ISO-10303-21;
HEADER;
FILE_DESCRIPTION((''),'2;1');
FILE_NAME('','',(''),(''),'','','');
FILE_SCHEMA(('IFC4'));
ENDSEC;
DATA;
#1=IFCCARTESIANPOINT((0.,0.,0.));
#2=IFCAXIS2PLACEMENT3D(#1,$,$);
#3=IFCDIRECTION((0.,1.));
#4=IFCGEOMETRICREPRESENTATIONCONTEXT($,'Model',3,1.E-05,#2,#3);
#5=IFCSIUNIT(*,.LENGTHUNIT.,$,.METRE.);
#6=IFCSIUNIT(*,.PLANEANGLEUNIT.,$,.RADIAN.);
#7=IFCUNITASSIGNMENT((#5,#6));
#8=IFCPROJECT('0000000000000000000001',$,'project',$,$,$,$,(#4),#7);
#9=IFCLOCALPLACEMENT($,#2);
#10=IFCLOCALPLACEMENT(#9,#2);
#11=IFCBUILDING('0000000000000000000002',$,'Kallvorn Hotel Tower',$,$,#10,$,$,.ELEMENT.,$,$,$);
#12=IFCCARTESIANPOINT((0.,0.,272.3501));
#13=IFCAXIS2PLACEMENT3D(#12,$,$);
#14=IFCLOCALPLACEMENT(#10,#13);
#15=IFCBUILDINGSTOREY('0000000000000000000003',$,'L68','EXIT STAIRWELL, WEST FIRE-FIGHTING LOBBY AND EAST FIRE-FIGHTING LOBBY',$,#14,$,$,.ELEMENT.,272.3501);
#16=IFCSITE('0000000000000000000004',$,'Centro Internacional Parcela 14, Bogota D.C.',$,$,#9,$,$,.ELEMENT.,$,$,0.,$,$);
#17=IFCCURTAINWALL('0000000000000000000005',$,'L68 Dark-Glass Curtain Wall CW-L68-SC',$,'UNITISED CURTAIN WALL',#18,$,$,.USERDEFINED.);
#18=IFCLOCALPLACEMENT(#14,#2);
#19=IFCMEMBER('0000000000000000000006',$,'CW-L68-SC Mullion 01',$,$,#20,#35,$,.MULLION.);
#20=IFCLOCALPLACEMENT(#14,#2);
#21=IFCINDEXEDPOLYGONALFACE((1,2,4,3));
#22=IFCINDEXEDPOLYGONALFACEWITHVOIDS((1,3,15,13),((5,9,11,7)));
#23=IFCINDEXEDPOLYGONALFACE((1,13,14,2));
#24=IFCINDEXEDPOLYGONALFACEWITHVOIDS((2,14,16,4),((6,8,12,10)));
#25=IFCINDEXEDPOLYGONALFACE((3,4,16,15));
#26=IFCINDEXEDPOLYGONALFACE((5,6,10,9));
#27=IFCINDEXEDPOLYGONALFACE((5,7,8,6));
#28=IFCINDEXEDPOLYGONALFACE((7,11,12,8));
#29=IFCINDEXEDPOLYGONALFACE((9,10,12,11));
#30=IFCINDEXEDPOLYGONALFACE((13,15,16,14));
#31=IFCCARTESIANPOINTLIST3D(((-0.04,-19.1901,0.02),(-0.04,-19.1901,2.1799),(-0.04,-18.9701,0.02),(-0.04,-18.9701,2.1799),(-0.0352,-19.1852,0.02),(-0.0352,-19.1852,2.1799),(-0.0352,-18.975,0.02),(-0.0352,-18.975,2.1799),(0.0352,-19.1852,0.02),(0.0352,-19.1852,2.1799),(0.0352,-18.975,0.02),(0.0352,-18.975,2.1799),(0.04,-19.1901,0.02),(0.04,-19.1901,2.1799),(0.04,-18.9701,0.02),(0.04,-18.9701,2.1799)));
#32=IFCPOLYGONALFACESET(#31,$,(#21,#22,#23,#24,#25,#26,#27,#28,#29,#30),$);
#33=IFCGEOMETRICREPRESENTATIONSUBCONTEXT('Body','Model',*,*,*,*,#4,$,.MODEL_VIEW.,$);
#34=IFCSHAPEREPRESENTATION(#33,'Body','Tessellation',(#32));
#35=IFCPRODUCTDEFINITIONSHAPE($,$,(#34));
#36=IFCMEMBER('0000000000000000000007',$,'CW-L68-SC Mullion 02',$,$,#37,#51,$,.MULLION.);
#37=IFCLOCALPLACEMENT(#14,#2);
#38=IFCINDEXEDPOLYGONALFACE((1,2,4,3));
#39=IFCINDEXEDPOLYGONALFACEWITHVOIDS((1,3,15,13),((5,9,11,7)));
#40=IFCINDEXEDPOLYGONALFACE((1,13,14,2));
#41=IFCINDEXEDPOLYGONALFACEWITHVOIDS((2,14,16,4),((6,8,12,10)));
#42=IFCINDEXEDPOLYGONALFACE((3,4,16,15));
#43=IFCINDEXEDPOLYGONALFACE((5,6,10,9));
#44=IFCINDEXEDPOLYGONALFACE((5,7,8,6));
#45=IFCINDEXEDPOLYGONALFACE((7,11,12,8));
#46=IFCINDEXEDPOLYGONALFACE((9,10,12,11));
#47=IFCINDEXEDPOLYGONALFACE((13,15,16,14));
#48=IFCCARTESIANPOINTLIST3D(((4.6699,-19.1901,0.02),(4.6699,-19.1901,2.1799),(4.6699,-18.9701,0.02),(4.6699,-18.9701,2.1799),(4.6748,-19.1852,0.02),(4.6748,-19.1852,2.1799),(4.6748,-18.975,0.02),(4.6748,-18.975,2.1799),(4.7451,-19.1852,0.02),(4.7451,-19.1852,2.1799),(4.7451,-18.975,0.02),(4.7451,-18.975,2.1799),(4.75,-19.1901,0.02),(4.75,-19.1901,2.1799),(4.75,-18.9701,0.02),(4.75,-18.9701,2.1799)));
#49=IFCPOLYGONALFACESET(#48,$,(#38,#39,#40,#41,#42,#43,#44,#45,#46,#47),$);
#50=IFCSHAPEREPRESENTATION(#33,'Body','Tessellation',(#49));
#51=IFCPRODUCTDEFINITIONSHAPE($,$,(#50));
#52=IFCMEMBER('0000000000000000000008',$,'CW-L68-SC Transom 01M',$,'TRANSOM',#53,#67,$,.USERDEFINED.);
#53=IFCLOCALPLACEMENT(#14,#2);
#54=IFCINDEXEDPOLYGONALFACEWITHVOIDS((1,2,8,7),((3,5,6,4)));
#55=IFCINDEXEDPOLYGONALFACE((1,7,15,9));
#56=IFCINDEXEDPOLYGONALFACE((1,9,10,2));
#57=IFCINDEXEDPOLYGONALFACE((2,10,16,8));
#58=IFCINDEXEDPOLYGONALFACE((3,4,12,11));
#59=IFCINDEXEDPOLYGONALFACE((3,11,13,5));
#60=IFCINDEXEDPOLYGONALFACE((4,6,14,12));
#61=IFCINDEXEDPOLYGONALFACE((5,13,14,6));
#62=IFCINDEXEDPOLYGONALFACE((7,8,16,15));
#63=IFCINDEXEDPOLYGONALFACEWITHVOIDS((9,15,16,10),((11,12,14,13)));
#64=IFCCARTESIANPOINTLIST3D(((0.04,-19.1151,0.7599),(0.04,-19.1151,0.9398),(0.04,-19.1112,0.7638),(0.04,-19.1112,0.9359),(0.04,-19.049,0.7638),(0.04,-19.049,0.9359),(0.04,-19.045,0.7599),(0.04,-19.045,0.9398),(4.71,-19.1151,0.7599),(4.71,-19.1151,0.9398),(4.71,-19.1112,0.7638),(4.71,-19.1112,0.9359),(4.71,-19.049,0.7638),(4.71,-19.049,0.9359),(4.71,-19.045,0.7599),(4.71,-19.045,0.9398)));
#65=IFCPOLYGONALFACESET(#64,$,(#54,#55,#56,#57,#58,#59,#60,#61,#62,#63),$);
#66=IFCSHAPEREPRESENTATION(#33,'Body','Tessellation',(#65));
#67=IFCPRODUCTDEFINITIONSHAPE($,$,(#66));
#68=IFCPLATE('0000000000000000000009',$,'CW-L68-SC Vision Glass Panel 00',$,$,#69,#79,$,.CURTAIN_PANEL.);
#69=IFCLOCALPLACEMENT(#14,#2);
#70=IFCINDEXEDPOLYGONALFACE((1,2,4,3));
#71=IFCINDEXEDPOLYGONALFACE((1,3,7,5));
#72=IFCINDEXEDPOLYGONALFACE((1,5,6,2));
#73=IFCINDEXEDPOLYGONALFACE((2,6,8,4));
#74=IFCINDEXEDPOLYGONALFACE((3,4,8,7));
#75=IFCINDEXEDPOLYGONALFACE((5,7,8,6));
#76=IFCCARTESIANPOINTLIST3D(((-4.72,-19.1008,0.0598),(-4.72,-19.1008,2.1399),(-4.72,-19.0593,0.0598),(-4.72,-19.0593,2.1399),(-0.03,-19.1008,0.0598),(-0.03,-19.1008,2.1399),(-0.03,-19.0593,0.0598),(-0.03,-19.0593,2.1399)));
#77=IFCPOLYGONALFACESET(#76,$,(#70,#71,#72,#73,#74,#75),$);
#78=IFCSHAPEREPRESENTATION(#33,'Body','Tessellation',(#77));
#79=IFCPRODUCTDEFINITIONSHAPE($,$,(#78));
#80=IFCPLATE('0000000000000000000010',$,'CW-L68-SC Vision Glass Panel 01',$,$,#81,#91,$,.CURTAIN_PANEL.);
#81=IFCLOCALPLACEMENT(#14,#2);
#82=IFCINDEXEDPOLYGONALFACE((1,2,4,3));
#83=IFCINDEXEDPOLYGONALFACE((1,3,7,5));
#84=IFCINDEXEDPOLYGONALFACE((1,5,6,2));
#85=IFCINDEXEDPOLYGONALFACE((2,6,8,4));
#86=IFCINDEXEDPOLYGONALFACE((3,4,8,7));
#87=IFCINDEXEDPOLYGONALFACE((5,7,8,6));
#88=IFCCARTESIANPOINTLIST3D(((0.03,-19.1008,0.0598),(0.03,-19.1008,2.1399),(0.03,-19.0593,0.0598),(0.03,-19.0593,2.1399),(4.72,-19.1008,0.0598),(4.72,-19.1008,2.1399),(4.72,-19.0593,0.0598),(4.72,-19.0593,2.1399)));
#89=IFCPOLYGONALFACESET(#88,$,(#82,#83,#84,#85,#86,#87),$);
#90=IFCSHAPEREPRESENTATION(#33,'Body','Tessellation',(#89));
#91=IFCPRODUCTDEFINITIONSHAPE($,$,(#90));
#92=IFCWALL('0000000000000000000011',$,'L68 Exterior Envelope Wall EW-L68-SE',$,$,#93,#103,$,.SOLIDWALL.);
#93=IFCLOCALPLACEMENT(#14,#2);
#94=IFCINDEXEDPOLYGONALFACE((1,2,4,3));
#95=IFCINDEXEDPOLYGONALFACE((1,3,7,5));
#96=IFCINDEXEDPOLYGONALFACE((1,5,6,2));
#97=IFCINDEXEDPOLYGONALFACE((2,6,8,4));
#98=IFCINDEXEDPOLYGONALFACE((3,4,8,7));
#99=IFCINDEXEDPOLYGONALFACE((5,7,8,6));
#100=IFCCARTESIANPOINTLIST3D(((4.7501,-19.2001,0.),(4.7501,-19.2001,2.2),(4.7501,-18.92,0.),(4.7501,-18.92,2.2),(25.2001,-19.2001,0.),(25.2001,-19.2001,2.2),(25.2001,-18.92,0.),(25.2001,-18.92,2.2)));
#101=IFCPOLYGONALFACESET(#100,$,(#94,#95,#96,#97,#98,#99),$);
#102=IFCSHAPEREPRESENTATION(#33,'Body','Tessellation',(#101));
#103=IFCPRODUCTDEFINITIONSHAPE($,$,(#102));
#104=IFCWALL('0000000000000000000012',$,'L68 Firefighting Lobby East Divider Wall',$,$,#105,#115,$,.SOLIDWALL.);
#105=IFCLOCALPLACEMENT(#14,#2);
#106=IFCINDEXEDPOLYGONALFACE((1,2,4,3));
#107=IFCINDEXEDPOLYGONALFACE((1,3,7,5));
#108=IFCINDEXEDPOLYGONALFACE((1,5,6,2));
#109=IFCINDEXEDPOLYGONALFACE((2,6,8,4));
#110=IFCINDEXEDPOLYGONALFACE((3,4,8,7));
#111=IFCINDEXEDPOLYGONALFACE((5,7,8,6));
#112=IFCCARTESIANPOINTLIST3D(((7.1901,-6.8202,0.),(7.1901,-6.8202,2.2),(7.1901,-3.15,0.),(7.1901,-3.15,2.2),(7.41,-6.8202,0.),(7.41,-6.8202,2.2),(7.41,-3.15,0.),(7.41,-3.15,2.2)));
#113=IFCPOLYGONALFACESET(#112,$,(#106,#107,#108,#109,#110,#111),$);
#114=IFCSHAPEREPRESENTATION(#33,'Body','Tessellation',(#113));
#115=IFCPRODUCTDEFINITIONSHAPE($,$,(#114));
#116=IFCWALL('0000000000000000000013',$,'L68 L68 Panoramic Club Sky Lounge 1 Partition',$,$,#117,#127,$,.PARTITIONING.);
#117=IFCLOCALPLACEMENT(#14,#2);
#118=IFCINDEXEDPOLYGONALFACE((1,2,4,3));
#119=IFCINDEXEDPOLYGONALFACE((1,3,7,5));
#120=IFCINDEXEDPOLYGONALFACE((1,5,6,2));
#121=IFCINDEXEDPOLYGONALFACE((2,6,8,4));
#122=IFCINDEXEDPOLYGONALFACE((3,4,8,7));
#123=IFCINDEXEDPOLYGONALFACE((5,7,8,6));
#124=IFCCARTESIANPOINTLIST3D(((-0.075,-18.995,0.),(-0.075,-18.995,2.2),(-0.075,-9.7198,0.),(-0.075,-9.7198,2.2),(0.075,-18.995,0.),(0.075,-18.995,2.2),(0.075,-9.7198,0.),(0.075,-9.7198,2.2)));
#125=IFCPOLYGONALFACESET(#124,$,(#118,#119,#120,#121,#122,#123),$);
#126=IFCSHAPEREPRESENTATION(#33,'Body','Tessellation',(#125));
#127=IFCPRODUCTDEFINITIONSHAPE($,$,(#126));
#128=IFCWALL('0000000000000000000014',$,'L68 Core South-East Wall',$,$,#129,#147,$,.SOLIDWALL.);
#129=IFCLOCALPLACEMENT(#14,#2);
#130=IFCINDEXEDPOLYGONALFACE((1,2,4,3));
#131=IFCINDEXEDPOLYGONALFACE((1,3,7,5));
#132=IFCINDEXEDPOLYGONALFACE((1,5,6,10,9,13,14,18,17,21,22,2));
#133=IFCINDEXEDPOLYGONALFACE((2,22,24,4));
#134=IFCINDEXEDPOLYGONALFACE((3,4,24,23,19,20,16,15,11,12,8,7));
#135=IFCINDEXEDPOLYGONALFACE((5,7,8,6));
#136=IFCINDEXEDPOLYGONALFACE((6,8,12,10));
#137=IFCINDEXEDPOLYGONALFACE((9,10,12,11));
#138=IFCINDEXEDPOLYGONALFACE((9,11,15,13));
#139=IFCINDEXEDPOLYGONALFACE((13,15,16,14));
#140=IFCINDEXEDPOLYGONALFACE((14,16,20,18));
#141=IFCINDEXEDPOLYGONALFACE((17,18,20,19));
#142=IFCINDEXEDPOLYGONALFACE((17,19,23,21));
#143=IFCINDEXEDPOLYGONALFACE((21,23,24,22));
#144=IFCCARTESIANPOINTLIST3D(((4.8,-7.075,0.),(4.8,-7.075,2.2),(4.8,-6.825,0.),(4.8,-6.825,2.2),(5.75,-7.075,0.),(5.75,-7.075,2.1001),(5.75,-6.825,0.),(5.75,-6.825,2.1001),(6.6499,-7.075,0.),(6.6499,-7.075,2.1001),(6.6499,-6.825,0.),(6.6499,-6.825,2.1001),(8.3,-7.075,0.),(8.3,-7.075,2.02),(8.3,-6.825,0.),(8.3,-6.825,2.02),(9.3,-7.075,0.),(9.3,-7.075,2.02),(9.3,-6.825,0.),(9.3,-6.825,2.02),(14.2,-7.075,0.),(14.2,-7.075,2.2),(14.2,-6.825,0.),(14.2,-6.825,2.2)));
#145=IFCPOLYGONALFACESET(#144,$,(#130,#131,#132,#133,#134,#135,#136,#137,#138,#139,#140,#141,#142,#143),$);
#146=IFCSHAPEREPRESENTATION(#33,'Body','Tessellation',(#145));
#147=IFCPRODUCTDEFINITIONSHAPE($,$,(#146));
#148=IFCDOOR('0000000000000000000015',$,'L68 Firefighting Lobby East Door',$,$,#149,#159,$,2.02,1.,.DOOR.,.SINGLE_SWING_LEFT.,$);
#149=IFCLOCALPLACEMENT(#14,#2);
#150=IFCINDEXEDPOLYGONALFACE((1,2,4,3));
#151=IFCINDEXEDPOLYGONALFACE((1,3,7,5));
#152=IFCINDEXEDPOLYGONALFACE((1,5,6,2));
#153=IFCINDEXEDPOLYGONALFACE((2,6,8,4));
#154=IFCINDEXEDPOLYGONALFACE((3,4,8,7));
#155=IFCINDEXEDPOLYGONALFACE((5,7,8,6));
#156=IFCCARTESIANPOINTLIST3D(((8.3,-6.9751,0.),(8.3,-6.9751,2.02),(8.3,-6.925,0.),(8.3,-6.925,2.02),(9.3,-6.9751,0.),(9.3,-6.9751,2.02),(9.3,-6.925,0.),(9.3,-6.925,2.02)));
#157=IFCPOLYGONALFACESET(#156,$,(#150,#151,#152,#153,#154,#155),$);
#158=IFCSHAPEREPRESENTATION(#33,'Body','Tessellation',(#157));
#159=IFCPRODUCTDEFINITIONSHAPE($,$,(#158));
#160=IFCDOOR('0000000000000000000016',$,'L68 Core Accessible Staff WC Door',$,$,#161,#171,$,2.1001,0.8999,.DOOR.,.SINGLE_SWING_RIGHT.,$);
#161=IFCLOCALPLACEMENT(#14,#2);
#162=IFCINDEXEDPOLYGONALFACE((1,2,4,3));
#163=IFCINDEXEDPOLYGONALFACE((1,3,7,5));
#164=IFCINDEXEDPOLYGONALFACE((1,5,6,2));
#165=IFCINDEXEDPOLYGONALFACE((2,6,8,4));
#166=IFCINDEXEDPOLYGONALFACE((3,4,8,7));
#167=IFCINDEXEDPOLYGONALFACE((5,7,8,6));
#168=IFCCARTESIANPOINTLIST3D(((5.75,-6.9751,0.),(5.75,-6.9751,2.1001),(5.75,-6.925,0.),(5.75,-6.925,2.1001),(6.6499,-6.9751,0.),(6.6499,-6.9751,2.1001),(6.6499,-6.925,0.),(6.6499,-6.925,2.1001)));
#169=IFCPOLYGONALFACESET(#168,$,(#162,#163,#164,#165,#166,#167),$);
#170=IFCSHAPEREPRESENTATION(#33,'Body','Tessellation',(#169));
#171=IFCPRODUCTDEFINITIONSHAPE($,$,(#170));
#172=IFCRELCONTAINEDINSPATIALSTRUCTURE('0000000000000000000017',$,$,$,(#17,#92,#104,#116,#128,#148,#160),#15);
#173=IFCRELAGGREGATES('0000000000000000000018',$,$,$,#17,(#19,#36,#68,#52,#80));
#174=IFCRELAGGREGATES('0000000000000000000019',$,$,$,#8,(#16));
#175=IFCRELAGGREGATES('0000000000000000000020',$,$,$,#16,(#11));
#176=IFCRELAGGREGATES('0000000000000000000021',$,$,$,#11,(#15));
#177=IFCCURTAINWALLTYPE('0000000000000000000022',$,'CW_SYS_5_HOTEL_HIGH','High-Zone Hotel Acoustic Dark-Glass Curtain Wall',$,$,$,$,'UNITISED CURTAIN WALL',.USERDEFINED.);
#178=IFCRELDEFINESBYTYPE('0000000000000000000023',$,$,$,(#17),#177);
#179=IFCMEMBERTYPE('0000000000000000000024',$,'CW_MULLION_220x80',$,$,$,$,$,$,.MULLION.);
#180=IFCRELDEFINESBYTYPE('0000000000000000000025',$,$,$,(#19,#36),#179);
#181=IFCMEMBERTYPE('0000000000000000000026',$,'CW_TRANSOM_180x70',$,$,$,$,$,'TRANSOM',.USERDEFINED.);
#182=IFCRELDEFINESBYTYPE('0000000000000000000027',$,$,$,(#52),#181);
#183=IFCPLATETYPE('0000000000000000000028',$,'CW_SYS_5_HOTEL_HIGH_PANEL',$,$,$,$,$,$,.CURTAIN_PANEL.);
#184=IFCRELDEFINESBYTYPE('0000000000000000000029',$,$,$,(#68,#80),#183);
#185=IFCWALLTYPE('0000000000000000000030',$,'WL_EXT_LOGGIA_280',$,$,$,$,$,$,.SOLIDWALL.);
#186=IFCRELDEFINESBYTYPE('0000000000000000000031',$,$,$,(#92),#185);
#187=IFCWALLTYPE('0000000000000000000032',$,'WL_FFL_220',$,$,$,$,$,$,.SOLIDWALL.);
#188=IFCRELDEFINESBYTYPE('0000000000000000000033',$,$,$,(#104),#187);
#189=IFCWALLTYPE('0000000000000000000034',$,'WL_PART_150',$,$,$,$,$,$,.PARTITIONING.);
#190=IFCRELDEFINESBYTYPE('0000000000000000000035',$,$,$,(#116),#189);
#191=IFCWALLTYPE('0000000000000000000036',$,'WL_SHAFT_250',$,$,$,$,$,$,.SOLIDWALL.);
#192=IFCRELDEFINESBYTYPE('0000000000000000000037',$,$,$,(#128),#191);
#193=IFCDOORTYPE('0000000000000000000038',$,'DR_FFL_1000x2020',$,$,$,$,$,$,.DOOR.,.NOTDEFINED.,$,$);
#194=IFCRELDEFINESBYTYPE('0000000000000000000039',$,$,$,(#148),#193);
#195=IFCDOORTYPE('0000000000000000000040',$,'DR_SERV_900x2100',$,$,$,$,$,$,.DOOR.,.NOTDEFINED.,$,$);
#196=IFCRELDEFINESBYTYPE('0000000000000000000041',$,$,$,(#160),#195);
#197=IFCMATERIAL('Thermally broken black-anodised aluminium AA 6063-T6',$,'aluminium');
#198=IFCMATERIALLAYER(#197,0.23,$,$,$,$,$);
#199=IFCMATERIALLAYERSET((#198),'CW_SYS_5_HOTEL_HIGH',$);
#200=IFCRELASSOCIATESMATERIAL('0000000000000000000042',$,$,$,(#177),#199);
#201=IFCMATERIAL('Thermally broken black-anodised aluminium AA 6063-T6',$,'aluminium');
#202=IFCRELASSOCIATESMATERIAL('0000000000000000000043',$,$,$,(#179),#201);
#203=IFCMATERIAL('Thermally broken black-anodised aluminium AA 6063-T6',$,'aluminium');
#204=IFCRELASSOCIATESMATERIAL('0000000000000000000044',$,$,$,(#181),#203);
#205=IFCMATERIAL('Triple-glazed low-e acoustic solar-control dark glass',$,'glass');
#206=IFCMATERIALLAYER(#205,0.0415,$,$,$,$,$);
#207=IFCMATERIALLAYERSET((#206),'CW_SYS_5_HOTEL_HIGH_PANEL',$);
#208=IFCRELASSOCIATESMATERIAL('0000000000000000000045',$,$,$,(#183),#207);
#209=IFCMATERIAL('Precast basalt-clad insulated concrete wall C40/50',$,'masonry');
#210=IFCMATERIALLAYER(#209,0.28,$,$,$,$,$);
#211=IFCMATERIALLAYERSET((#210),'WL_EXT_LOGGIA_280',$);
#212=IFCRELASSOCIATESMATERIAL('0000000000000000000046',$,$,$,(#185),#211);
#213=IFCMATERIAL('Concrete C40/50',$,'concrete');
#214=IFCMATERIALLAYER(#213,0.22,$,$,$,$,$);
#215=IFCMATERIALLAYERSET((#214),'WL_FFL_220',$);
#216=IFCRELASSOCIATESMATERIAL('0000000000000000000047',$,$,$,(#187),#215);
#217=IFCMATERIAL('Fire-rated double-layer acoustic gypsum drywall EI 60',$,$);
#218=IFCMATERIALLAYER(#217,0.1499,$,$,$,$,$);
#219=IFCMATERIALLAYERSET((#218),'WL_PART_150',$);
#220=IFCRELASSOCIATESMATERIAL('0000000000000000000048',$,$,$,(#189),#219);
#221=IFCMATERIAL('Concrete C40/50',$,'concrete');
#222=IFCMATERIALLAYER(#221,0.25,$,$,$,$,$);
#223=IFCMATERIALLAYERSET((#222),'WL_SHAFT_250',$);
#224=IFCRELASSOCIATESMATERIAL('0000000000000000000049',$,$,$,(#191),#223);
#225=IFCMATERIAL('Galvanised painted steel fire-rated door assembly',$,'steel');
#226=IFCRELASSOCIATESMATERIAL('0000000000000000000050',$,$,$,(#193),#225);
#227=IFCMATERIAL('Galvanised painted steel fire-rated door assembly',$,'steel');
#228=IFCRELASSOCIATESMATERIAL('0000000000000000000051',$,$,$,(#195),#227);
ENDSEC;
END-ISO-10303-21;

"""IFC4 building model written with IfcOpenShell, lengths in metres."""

from ifc_helpers import new_model, si_unit, direction, frame, frame_2d, origin, origin_2d, place, context, subcontext, project, spatial, rectangle, hollow_rectangle, extrude, material, layer, layer_set, material_profile, profile_set, type_object, element, fill, aggregate, save


model = new_model("IFC4")

# Units and contexts
model_context = context("Model", 3, precision=1e-05, world=origin(), true_north=direction((0.0, 1.0)))
body_context = subcontext(model_context, "Body", "Model", "MODEL_VIEW")
ifc_project = project(units=[si_unit("LENGTHUNIT", "METRE"), si_unit("PLANEANGLEUNIT", "RADIAN")], contexts=[model_context])

# Site, building, storey
site_placement = place(None, origin())
site = spatial("IfcSite", under=ifc_project, at=site_placement, Name="Centro Internacional Parcela 14, Bogota D.C.", CompositionType="ELEMENT", RefElevation=0.0)
building_placement = place(site_placement, origin())
building = spatial("IfcBuilding", under=site, at=building_placement, Name="Kallvorn Hotel Tower", CompositionType="ELEMENT")
storey_placement = place(building_placement, frame((0.0, 0.0, 272.3501)))
storey = spatial("IfcBuildingStorey", under=building, at=storey_placement, Name="L68", Description="EXIT STAIRWELL, WEST FIRE-FIGHTING LOBBY AND EAST FIRE-FIGHTING LOBBY", CompositionType="ELEMENT", Elevation=272.3501)

# Curtain wall, members, plates
ifc_material_1 = material(Name="Thermally broken black-anodised aluminium AA 6063-T6", Category="aluminium")
ifc_layer_1 = layer(ifc_material_1, 0.23)
ifc_layer_set_1 = layer_set([ifc_layer_1], Name="CW_SYS_5_HOTEL_HIGH")
curtain_wall_type = type_object("IfcCurtainWallType", Name="CW_SYS_5_HOTEL_HIGH", Description="High-Zone Hotel Acoustic Dark-Glass Curtain Wall", ElementType="UNITISED CURTAIN WALL", PredefinedType="USERDEFINED", material=ifc_layer_set_1)
curtain_wall_placement = place(storey_placement, origin())
curtain_wall = element("IfcCurtainWall", 1, at=curtain_wall_placement, inside=storey, type_object=curtain_wall_type, Name="L68 Dark-Glass Curtain Wall CW-L68-SC", ObjectType="UNITISED CURTAIN WALL", PredefinedType="USERDEFINED")
ifc_material_2 = material(Name="Thermally broken black-anodised aluminium AA 6063-T6", Category="aluminium")
ifc_material_profile_1 = material_profile(ifc_material_2, hollow_rectangle(XDim=0.0801, YDim=0.22, WallThickness=0.0049, at=origin_2d()), Name="MUL 220x80")
ifc_profile_set_1 = profile_set([ifc_material_profile_1], Name="Thermally broken black-anodised aluminium AA 6063-T6")
member_type_1 = type_object("IfcMemberType", Name="CW_MULLION_220x80", PredefinedType="MULLION", material=ifc_profile_set_1)
member_1_placement = place(storey_placement, frame((0.0, -19.0801, 0.02), z_axis=(0.0, 0.0, 1.0), x_axis=(1.0, 0.0, 0.0)))
member_1 = element("IfcMember", 2, at=member_1_placement, type_object=member_type_1, Name="CW-L68-SC Mullion 01", PredefinedType="MULLION", context=body_context, shape_type="SweptSolid", body=[
    extrude(hollow_rectangle(XDim=0.0801, YDim=0.22, WallThickness=0.0049, at=origin_2d()), origin(), (0.0, 0.0, 1.0), 2.1599),
])
member_2_placement = place(storey_placement, frame((4.71, -19.0801, 0.02), z_axis=(0.0, 0.0, 1.0), x_axis=(1.0, 0.0, 0.0)))
member_2 = element("IfcMember", 3, at=member_2_placement, type_object=member_type_1, Name="CW-L68-SC Mullion 02", PredefinedType="MULLION", context=body_context, shape_type="SweptSolid", body=[
    extrude(hollow_rectangle(XDim=0.0801, YDim=0.22, WallThickness=0.0049, at=origin_2d()), origin(), (0.0, 0.0, 1.0), 2.1599),
])
ifc_material_3 = material(Name="Thermally broken black-anodised aluminium AA 6063-T6", Category="aluminium")
ifc_material_profile_2 = material_profile(ifc_material_3, hollow_rectangle(XDim=0.0701, YDim=0.1799, WallThickness=0.0039, at=origin_2d()), Name="TRN 180x70")
ifc_profile_set_2 = profile_set([ifc_material_profile_2], Name="Thermally broken black-anodised aluminium AA 6063-T6")
member_type_2 = type_object("IfcMemberType", Name="CW_TRANSOM_180x70", ElementType="TRANSOM", PredefinedType="USERDEFINED", material=ifc_profile_set_2)
member_3_placement = place(storey_placement, frame((0.04, -19.0801, 0.8499), z_axis=(1.0, 0.0, 0.0), x_axis=(0.0, 1.0, 0.0)))
member_3 = element("IfcMember", 4, at=member_3_placement, type_object=member_type_2, Name="CW-L68-SC Transom 01M", ObjectType="TRANSOM", PredefinedType="USERDEFINED", context=body_context, shape_type="SweptSolid", body=[
    extrude(hollow_rectangle(XDim=0.0701, YDim=0.1799, WallThickness=0.0039, at=origin_2d()), origin(), (0.0, 0.0, 1.0), 4.6699),
])
ifc_material_4 = material(Name="Triple-glazed low-e acoustic solar-control dark glass", Category="glass")
ifc_layer_2 = layer(ifc_material_4, 0.0415)
ifc_layer_set_2 = layer_set([ifc_layer_2], Name="CW_SYS_5_HOTEL_HIGH_PANEL")
plate_type = type_object("IfcPlateType", Name="CW_SYS_5_HOTEL_HIGH_PANEL", PredefinedType="CURTAIN_PANEL", material=ifc_layer_set_2)
plate_1_placement = place(storey_placement, frame((-2.375, -19.0801, 0.0598), z_axis=(0.0, 0.0, 1.0), x_axis=(1.0, 0.0, 0.0)))
plate_1 = element("IfcPlate", 5, at=plate_1_placement, type_object=plate_type, Name="CW-L68-SC Vision Glass Panel 00", PredefinedType="CURTAIN_PANEL", context=body_context, shape_type="SweptSolid", body=[
    extrude(rectangle(XDim=4.6899, YDim=0.0415, at=origin_2d()), origin(), (0.0, 0.0, 1.0), 2.0801),
])
plate_2_placement = place(storey_placement, frame((2.375, -19.0801, 0.0598), z_axis=(0.0, 0.0, 1.0), x_axis=(1.0, 0.0, 0.0)))
plate_2 = element("IfcPlate", 6, at=plate_2_placement, type_object=plate_type, Name="CW-L68-SC Vision Glass Panel 01", PredefinedType="CURTAIN_PANEL", context=body_context, shape_type="SweptSolid", body=[
    extrude(rectangle(XDim=4.6899, YDim=0.0415, at=origin_2d()), origin(), (0.0, 0.0, 1.0), 2.0801),
])
aggregate(curtain_wall, [member_1, member_2, plate_1, member_3, plate_2])

# Walls
ifc_material_5 = material(Name="Precast basalt-clad insulated concrete wall C40/50", Category="masonry")
ifc_layer_3 = layer(ifc_material_5, 0.28)
ifc_layer_set_3 = layer_set([ifc_layer_3], Name="WL_EXT_LOGGIA_280")
wall_type_1 = type_object("IfcWallType", Name="WL_EXT_LOGGIA_280", PredefinedType="SOLIDWALL", material=ifc_layer_set_3)
wall_1_placement = place(storey_placement, frame((4.75, -19.0601, 0.0), z_axis=(0.0, 0.0, 1.0), x_axis=(1.0, 0.0, 0.0)))
element("IfcWall", 7, at=wall_1_placement, inside=storey, type_object=wall_type_1, Name="L68 Exterior Envelope Wall EW-L68-SE", PredefinedType="SOLIDWALL", context=body_context, shape_type="SweptSolid", body=[
    extrude(rectangle(XDim=20.45, YDim=0.28, at=frame_2d((10.2251, 0.0))), origin(), (0.0, 0.0, 1.0), 2.2),
])
ifc_material_6 = material(Name="Concrete C40/50", Category="concrete")
ifc_layer_4 = layer(ifc_material_6, 0.22)
ifc_layer_set_4 = layer_set([ifc_layer_4], Name="WL_FFL_220")
wall_type_2 = type_object("IfcWallType", Name="WL_FFL_220", PredefinedType="SOLIDWALL", material=ifc_layer_set_4)
wall_2_placement = place(storey_placement, frame((7.3, -6.8201, 0.0), z_axis=(0.0, 0.0, 1.0), x_axis=(0.0, 1.0, 0.0)))
element("IfcWall", 8, at=wall_2_placement, inside=storey, type_object=wall_type_2, Name="L68 Firefighting Lobby East Divider Wall", PredefinedType="SOLIDWALL", context=body_context, shape_type="SweptSolid", body=[
    extrude(rectangle(XDim=3.6702, YDim=0.22, at=frame_2d((1.835, 0.0))), origin(), (0.0, 0.0, 1.0), 2.2),
])
ifc_material_7 = material(Name="Fire-rated double-layer acoustic gypsum drywall EI 60")
ifc_layer_5 = layer(ifc_material_7, 0.1499)
ifc_layer_set_5 = layer_set([ifc_layer_5], Name="WL_PART_150")
wall_type_3 = type_object("IfcWallType", Name="WL_PART_150", PredefinedType="PARTITIONING", material=ifc_layer_set_5)
wall_3_placement = place(storey_placement, frame((0.0, -18.9951, 0.0), z_axis=(0.0, 0.0, 1.0), x_axis=(0.0, 1.0, 0.0)))
element("IfcWall", 9, at=wall_3_placement, inside=storey, type_object=wall_type_3, Name="L68 L68 Panoramic Club Sky Lounge 1 Partition", PredefinedType="PARTITIONING", context=body_context, shape_type="SweptSolid", body=[
    extrude(rectangle(XDim=9.2751, YDim=0.1499, at=frame_2d((4.6377, 0.0))), origin(), (0.0, 0.0, 1.0), 2.2),
])

# Wall, openings, doors
ifc_material_8 = material(Name="Concrete C40/50", Category="concrete")
ifc_layer_6 = layer(ifc_material_8, 0.25)
ifc_layer_set_6 = layer_set([ifc_layer_6], Name="WL_SHAFT_250")
wall_type_4 = type_object("IfcWallType", Name="WL_SHAFT_250", PredefinedType="SOLIDWALL", material=ifc_layer_set_6)
wall_4_placement = place(storey_placement, frame((4.8, -6.95, 0.0), z_axis=(0.0, 0.0, 1.0), x_axis=(1.0, 0.0, 0.0)))
wall_4 = element("IfcWall", 10, at=wall_4_placement, inside=storey, type_object=wall_type_4, Name="L68 Core South-East Wall", PredefinedType="SOLIDWALL", context=body_context, shape_type="SweptSolid", body=[
    extrude(rectangle(XDim=9.3999, YDim=0.25, at=frame_2d((4.7, 0.0))), origin(), (0.0, 0.0, 1.0), 2.2),
])
opening_1_placement = place(wall_4_placement, frame((3.5, 0.0, 0.0)))
opening_1 = element("IfcOpeningElement", 11, at=opening_1_placement, cuts=wall_4, PredefinedType="OPENING", context=body_context, shape_type="SweptSolid", body=[
    extrude(rectangle(XDim=1.0, YDim=2.02, at=frame_2d((0.5, 1.01))), frame((0.0, 0.1399, 0.0), z_axis=(0.0, -1.0, 0.0), x_axis=(1.0, 0.0, 0.0)), (0.0, 0.0, 1.0), 0.28),
])
opening_2_placement = place(wall_4_placement, frame((0.95, 0.0, 0.0)))
opening_2 = element("IfcOpeningElement", 12, at=opening_2_placement, cuts=wall_4, PredefinedType="OPENING", context=body_context, shape_type="SweptSolid", body=[
    extrude(rectangle(XDim=0.8999, YDim=2.1001, at=frame_2d((0.45, 1.05))), frame((0.0, 0.1399, 0.0), z_axis=(0.0, -1.0, 0.0), x_axis=(1.0, 0.0, 0.0)), (0.0, 0.0, 1.0), 0.28),
])
ifc_material_9 = material(Name="Galvanised painted steel fire-rated door assembly", Category="steel")
door_type_1 = type_object("IfcDoorType", Name="DR_FFL_1000x2020", OperationType="NOTDEFINED", PredefinedType="DOOR", material=ifc_material_9)
door_1_placement = place(opening_1_placement, origin())
door_1 = element("IfcDoor", 13, at=door_1_placement, inside=storey, type_object=door_type_1, Name="L68 Firefighting Lobby East Door", OperationType="SINGLE_SWING_LEFT", OverallHeight=2.02, OverallWidth=1.0, PredefinedType="DOOR", context=body_context, shape_type="SweptSolid", body=[
    extrude(rectangle(XDim=1.0, YDim=2.02, at=frame_2d((0.5, 1.01))), frame((0.0, 0.0249, 0.0), z_axis=(0.0, -1.0, 0.0), x_axis=(1.0, 0.0, 0.0)), (0.0, 0.0, 1.0), 0.05),
])
fill(opening_1, door_1)
ifc_material_10 = material(Name="Galvanised painted steel fire-rated door assembly", Category="steel")
door_type_2 = type_object("IfcDoorType", Name="DR_SERV_900x2100", OperationType="NOTDEFINED", PredefinedType="DOOR", material=ifc_material_10)
door_2_placement = place(opening_2_placement, origin())
door_2 = element("IfcDoor", 14, at=door_2_placement, inside=storey, type_object=door_type_2, Name="L68 Core Accessible Staff WC Door", OperationType="SINGLE_SWING_RIGHT", OverallHeight=2.1001, OverallWidth=0.8999, PredefinedType="DOOR", context=body_context, shape_type="SweptSolid", body=[
    extrude(rectangle(XDim=0.8999, YDim=2.1001, at=frame_2d((0.45, 1.05))), frame((0.0, 0.0249, 0.0), z_axis=(0.0, -1.0, 0.0), x_axis=(1.0, 0.0, 0.0)), (0.0, 0.0, 1.0), 0.05),
])
fill(opening_2, door_2)

save(model, "model.ifc")
